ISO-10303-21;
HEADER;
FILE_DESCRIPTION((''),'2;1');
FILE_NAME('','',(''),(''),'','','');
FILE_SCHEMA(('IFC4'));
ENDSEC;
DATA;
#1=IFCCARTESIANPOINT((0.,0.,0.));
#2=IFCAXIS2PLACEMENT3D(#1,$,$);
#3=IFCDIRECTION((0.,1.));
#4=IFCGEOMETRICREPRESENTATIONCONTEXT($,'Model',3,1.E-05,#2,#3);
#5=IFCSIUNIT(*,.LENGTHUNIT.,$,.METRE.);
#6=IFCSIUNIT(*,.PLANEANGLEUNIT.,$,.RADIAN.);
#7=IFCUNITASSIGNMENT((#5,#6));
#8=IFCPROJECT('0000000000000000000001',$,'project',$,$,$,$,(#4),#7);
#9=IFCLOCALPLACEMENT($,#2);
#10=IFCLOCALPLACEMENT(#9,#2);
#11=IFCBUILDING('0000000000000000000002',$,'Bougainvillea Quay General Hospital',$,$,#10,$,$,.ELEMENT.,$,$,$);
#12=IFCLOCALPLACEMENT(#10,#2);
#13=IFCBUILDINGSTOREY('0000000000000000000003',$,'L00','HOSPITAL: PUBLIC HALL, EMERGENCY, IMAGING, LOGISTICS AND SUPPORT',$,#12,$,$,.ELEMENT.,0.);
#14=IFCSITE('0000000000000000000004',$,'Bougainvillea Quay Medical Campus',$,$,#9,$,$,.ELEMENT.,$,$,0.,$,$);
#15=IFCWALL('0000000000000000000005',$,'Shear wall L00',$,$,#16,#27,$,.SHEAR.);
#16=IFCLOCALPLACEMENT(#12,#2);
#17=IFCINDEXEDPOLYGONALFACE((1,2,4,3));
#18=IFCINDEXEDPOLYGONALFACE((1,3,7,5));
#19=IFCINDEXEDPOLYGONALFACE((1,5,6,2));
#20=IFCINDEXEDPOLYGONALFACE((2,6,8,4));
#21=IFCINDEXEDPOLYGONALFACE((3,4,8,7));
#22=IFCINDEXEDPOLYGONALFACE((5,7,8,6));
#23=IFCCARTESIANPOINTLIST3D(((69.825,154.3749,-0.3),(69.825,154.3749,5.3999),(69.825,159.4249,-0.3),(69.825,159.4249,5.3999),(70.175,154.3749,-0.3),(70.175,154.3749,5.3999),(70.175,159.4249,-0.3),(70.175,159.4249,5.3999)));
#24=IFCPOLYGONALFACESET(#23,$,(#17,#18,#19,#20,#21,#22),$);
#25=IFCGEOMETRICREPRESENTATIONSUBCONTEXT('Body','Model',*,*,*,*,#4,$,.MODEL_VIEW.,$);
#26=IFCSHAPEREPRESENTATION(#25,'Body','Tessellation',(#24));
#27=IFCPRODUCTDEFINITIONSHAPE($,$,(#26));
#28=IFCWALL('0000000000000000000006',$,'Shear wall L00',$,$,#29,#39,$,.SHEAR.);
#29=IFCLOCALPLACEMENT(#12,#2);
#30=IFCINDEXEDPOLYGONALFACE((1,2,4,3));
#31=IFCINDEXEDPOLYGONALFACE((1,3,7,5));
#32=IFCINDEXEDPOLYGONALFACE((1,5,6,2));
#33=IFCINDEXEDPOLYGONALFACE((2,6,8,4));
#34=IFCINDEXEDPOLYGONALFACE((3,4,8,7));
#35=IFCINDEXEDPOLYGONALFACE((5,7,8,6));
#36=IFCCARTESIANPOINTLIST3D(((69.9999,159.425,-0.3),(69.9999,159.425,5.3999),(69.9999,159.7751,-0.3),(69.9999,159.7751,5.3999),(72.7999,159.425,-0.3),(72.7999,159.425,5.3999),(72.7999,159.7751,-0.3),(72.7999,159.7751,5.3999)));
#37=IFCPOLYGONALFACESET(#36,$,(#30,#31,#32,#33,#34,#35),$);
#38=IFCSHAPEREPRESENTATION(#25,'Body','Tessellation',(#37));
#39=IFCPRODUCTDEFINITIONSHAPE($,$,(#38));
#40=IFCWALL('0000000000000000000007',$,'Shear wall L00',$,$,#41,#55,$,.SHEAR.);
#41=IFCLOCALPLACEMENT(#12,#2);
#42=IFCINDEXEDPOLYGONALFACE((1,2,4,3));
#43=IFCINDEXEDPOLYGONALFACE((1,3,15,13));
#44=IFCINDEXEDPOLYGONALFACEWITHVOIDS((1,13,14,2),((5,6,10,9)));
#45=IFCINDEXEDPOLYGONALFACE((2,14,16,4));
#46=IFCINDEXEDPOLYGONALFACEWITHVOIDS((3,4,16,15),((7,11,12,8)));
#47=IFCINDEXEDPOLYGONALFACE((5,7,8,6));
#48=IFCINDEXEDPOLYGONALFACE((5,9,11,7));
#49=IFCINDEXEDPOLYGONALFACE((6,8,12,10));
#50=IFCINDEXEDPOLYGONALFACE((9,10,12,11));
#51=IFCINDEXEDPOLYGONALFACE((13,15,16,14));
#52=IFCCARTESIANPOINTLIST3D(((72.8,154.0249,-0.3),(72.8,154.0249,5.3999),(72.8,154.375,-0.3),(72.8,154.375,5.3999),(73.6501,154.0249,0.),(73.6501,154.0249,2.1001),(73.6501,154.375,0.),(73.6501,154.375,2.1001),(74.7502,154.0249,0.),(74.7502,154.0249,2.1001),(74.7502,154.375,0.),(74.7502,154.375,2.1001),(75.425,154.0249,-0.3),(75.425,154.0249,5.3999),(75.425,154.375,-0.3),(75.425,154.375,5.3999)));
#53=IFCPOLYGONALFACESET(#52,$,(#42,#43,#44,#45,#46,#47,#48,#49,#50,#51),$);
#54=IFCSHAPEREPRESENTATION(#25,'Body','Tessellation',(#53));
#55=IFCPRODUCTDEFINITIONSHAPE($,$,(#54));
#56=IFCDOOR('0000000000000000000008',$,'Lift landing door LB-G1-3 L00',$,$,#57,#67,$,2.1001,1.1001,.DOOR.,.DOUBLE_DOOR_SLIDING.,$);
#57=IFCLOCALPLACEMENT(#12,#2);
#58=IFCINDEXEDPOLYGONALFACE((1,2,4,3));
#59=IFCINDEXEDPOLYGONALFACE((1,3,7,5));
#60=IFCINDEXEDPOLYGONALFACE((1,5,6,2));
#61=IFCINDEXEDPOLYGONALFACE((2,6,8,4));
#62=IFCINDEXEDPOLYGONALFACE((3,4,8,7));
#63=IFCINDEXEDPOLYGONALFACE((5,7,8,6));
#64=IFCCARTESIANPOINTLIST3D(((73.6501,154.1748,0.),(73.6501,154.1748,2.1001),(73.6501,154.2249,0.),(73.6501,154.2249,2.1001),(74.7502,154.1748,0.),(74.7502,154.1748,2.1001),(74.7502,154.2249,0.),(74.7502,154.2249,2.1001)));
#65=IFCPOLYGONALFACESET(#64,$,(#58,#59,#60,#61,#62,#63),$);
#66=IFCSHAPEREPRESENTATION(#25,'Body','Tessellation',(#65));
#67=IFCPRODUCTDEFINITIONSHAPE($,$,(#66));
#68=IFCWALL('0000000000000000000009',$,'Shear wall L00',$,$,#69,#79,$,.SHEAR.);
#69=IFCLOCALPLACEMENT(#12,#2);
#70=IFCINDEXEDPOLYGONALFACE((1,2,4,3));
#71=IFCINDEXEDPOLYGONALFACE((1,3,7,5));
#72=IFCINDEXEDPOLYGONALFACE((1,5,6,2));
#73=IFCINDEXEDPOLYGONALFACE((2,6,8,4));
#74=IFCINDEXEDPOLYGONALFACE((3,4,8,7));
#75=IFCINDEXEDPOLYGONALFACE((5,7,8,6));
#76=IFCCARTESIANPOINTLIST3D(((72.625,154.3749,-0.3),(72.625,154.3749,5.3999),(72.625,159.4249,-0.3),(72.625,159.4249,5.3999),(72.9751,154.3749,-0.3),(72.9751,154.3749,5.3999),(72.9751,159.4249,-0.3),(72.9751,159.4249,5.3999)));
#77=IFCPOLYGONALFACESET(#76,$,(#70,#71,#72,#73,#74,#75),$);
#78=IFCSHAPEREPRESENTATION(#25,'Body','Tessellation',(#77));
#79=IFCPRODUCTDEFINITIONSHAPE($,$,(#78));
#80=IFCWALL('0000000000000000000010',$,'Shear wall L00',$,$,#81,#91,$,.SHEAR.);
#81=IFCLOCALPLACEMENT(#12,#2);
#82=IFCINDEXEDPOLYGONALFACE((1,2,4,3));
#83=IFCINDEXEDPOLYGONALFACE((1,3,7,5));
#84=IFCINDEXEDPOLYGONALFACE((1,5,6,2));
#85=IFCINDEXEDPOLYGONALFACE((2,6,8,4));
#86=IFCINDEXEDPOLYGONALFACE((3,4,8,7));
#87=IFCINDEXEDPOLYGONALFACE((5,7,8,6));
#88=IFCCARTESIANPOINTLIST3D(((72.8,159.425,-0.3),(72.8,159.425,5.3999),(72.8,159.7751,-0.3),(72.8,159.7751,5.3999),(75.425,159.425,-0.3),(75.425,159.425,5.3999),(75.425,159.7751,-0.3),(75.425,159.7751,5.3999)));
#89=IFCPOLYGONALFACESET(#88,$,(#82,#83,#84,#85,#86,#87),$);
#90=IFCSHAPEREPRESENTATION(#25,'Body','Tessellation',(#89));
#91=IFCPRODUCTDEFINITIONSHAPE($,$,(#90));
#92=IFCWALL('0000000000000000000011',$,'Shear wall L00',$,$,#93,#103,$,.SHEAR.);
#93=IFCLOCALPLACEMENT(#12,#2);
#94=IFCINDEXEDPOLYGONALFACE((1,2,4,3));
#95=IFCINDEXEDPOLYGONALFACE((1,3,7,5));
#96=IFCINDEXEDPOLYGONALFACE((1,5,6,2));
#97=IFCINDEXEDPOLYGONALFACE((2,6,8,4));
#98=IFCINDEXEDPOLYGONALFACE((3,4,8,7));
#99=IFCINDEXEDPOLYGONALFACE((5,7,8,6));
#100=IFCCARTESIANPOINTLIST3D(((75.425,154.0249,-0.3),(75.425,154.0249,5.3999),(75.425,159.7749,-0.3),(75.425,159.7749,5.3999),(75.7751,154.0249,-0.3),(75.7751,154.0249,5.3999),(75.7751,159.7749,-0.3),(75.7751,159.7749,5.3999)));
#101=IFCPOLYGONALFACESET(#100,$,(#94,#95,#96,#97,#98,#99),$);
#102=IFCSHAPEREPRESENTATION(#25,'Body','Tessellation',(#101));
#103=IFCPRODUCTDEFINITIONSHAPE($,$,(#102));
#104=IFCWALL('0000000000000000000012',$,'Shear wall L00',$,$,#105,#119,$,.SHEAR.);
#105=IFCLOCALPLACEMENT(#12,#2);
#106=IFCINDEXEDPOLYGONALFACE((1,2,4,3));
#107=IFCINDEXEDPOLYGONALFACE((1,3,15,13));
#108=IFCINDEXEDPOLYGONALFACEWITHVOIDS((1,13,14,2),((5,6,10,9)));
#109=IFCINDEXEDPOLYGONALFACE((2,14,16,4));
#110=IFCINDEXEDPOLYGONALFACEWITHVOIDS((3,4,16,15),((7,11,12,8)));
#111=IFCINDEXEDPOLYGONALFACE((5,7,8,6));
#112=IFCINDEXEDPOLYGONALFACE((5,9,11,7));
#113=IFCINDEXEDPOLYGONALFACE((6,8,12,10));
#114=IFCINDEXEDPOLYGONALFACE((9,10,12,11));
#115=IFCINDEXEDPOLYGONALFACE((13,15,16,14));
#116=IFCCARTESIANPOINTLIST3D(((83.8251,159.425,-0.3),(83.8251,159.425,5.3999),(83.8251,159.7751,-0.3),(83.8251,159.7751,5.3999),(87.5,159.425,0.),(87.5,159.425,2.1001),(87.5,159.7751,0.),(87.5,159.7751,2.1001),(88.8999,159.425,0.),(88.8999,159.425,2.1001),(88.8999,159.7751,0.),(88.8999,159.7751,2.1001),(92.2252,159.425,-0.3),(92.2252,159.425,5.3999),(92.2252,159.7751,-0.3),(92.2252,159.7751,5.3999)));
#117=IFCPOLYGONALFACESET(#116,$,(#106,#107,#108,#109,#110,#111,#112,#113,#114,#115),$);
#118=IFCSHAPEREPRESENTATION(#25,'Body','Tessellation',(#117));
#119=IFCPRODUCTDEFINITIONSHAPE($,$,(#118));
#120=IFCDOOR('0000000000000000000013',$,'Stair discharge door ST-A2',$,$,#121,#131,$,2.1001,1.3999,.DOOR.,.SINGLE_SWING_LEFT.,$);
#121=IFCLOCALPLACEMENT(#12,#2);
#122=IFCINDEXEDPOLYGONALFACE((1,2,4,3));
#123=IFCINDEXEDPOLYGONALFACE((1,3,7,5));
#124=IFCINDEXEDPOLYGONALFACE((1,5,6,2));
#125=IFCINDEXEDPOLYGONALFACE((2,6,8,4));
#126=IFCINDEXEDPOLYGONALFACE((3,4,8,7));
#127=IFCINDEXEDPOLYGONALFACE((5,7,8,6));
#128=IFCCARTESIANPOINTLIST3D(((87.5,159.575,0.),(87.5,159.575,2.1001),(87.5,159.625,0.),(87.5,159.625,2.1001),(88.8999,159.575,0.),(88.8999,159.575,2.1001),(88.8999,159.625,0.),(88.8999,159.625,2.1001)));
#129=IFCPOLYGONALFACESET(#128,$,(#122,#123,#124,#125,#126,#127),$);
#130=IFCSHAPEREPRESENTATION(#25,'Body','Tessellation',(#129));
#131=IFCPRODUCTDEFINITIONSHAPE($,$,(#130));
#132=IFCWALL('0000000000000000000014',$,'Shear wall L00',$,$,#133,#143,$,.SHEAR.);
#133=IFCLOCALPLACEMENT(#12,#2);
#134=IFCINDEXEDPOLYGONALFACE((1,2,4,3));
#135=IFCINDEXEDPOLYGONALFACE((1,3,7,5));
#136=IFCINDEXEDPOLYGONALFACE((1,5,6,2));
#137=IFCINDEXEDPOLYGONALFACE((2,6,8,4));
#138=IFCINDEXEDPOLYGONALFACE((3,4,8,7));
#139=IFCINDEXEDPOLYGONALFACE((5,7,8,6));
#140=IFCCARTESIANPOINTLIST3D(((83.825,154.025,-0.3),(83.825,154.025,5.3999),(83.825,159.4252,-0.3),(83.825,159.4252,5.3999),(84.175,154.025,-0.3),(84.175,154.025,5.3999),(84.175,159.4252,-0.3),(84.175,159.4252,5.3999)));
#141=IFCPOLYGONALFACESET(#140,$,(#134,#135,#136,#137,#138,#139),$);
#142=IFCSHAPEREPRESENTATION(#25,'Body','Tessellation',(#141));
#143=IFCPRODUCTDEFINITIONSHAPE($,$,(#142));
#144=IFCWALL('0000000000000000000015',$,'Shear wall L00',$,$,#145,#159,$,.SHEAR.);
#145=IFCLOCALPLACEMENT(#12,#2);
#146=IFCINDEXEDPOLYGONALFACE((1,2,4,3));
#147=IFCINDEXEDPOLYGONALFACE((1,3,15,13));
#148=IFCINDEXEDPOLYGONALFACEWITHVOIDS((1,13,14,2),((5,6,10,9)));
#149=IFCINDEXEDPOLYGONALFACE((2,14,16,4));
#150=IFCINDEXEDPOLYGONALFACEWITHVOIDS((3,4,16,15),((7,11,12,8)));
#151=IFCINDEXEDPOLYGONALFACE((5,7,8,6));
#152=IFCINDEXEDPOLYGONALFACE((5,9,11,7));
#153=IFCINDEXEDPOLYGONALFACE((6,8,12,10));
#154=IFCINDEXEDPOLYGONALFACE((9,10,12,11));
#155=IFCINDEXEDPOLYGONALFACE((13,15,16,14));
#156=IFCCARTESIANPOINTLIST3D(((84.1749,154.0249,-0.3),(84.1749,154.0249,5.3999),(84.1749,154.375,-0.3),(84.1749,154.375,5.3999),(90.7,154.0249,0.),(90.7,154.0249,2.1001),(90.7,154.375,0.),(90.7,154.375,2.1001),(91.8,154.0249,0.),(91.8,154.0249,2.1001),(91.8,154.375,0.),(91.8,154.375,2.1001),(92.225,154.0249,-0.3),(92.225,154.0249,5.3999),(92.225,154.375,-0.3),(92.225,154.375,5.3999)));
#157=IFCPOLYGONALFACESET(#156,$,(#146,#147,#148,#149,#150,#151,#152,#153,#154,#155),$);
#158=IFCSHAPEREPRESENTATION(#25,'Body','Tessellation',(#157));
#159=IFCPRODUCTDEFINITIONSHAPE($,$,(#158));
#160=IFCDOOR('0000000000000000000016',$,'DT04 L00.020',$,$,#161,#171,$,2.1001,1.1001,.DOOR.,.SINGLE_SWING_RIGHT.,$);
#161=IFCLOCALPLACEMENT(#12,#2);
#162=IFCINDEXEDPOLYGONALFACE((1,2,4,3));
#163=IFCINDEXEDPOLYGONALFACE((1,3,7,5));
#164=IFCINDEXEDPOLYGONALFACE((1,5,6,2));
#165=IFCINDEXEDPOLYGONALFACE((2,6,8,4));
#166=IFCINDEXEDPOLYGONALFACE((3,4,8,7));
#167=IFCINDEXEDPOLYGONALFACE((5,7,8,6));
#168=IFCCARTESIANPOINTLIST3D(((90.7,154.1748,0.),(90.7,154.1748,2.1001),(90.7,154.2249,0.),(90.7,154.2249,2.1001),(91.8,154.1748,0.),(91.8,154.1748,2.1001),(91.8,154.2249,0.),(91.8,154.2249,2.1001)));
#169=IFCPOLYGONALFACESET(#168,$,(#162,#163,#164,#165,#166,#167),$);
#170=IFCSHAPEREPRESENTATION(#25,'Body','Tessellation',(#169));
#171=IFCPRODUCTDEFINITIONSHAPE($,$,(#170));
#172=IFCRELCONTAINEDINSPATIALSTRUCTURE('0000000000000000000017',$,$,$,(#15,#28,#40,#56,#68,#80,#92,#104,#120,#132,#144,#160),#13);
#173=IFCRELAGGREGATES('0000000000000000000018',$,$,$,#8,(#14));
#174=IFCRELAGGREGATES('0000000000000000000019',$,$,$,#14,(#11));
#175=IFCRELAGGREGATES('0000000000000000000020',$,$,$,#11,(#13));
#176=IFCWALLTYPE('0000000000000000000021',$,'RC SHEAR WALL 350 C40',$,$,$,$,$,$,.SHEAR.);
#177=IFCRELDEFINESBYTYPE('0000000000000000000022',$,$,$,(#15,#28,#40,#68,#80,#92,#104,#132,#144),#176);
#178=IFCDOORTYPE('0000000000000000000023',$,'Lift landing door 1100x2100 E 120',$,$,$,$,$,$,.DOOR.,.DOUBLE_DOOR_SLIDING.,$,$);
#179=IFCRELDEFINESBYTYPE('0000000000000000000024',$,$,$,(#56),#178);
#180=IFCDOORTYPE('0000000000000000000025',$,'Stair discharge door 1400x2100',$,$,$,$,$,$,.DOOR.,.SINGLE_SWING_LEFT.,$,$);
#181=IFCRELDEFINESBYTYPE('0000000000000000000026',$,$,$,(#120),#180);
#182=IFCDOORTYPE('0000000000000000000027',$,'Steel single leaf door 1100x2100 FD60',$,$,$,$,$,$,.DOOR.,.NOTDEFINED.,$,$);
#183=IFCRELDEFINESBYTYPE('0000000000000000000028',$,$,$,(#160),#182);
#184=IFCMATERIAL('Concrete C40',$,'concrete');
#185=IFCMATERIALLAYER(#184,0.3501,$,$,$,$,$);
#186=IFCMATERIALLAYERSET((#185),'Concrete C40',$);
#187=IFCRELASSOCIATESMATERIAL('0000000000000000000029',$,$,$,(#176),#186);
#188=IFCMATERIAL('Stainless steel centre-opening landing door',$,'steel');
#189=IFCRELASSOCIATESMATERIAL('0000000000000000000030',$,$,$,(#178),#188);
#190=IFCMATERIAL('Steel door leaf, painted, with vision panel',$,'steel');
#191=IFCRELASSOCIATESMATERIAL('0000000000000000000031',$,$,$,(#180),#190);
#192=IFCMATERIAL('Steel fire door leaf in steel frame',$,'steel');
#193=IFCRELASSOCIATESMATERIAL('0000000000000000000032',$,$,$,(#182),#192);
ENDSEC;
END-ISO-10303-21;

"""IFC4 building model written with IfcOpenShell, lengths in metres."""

from ifc_helpers import new_model, si_unit, direction, frame, frame_2d, origin, place, context, subcontext, project, spatial, rectangle, extrude, material, layer, layer_set, type_object, element, fill, save


model = new_model("IFC4")

# Units and contexts
model_context = context("Model", 3, precision=1e-05, world=origin(), true_north=direction((0.0, 1.0)))
body_context = subcontext(model_context, "Body", "Model", "MODEL_VIEW")
ifc_project = project(units=[si_unit("LENGTHUNIT", "METRE"), si_unit("PLANEANGLEUNIT", "RADIAN")], contexts=[model_context])

# Site, building, storey
site_placement = place(None, origin())
site = spatial("IfcSite", under=ifc_project, at=site_placement, Name="Bougainvillea Quay Medical Campus", CompositionType="ELEMENT", RefElevation=0.0)
building_placement = place(site_placement, origin())
building = spatial("IfcBuilding", under=site, at=building_placement, Name="Bougainvillea Quay General Hospital", CompositionType="ELEMENT")
storey_placement = place(building_placement, origin())
storey = spatial("IfcBuildingStorey", under=building, at=storey_placement, Name="L00", Description="HOSPITAL: PUBLIC HALL, EMERGENCY, IMAGING, LOGISTICS AND SUPPORT", CompositionType="ELEMENT", Elevation=0.0)

# Shared definitions
ifc_material_1 = material(Name="Concrete C40", Category="concrete")
ifc_layer_1 = layer(ifc_material_1, 0.3501)
ifc_layer_set_1 = layer_set([ifc_layer_1], Name="Concrete C40")
wall_type_1 = type_object("IfcWallType", Name="RC SHEAR WALL 350 C40", PredefinedType="SHEAR", material=ifc_layer_set_1)
ifc_material_2 = material(Name="Stainless steel centre-opening landing door", Category="steel")
door_type_1 = type_object("IfcDoorType", Name="Lift landing door 1100x2100 E 120", OperationType="DOUBLE_DOOR_SLIDING", PredefinedType="DOOR", material=ifc_material_2)

# Walls
wall_1_placement = place(storey_placement, frame((70.0, 154.375, -0.3), z_axis=(0.0, 0.0, 1.0), x_axis=(0.0, 1.0, 0.0)))
element("IfcWall", 1, at=wall_1_placement, inside=storey, type_object=wall_type_1, Name="Shear wall L00", PredefinedType="SHEAR", context=body_context, shape_type="SweptSolid", body=[
    extrude(rectangle(XDim=5.05, YDim=0.3501, at=frame_2d((2.5249, 0.0))), origin(), (0.0, 0.0, 1.0), 5.7),
])
wall_2_placement = place(storey_placement, frame((70.0, 159.6001, -0.3), z_axis=(0.0, 0.0, 1.0), x_axis=(1.0, 0.0, 0.0)))
element("IfcWall", 2, at=wall_2_placement, inside=storey, type_object=wall_type_1, Name="Shear wall L00", PredefinedType="SHEAR", context=body_context, shape_type="SweptSolid", body=[
    extrude(rectangle(XDim=2.8, YDim=0.3501, at=frame_2d((1.3999, 0.0))), origin(), (0.0, 0.0, 1.0), 5.7),
])

# Wall, opening, door
wall_3_placement = place(storey_placement, frame((72.8, 154.2, -0.3), z_axis=(0.0, 0.0, 1.0), x_axis=(1.0, 0.0, 0.0)))
wall_3 = element("IfcWall", 3, at=wall_3_placement, inside=storey, type_object=wall_type_1, Name="Shear wall L00", PredefinedType="SHEAR", context=body_context, shape_type="SweptSolid", body=[
    extrude(rectangle(XDim=2.625, YDim=0.3501, at=frame_2d((1.3125, 0.0))), origin(), (0.0, 0.0, 1.0), 5.7),
])
opening_1_placement = place(wall_3_placement, frame((0.8501, 0.0, 0.3)))
opening_1 = element("IfcOpeningElement", 4, at=opening_1_placement, cuts=wall_3, PredefinedType="OPENING", context=body_context, shape_type="SweptSolid", body=[
    extrude(rectangle(XDim=1.1001, YDim=2.1001, at=frame_2d((0.55, 1.05))), frame((0.0, 0.1851, 0.0), z_axis=(0.0, -1.0, 0.0), x_axis=(1.0, 0.0, 0.0)), (0.0, 0.0, 1.0), 0.3701),
])
door_1_placement = place(opening_1_placement, origin())
door_1 = element("IfcDoor", 5, at=door_1_placement, inside=storey, type_object=door_type_1, Name="Lift landing door LB-G1-3 L00", OperationType="DOUBLE_DOOR_SLIDING", OverallHeight=2.1001, OverallWidth=1.1001, PredefinedType="DOOR", context=body_context, shape_type="SweptSolid", body=[
    extrude(rectangle(XDim=1.1001, YDim=2.1001, at=frame_2d((0.55, 1.05))), frame((0.0, 0.0249, 0.0), z_axis=(0.0, -1.0, 0.0), x_axis=(1.0, 0.0, 0.0)), (0.0, 0.0, 1.0), 0.05),
])
fill(opening_1, door_1)

# Walls
wall_4_placement = place(storey_placement, frame((72.8, 154.375, -0.3), z_axis=(0.0, 0.0, 1.0), x_axis=(0.0, 1.0, 0.0)))
element("IfcWall", 6, at=wall_4_placement, inside=storey, type_object=wall_type_1, Name="Shear wall L00", PredefinedType="SHEAR", context=body_context, shape_type="SweptSolid", body=[
    extrude(rectangle(XDim=5.05, YDim=0.3501, at=frame_2d((2.5249, 0.0))), origin(), (0.0, 0.0, 1.0), 5.7),
])
wall_5_placement = place(storey_placement, frame((72.8, 159.6001, -0.3), z_axis=(0.0, 0.0, 1.0), x_axis=(1.0, 0.0, 0.0)))
element("IfcWall", 7, at=wall_5_placement, inside=storey, type_object=wall_type_1, Name="Shear wall L00", PredefinedType="SHEAR", context=body_context, shape_type="SweptSolid", body=[
    extrude(rectangle(XDim=2.625, YDim=0.3501, at=frame_2d((1.3125, 0.0))), origin(), (0.0, 0.0, 1.0), 5.7),
])
wall_6_placement = place(storey_placement, frame((75.6001, 154.0249, -0.3), z_axis=(0.0, 0.0, 1.0), x_axis=(0.0, 1.0, 0.0)))
element("IfcWall", 8, at=wall_6_placement, inside=storey, type_object=wall_type_1, Name="Shear wall L00", PredefinedType="SHEAR", context=body_context, shape_type="SweptSolid", body=[
    extrude(rectangle(XDim=5.75, YDim=0.3501, at=frame_2d((2.875, 0.0))), origin(), (0.0, 0.0, 1.0), 5.7),
])

# Wall, opening, door
wall_7_placement = place(storey_placement, frame((83.825, 159.6001, -0.3), z_axis=(0.0, 0.0, 1.0), x_axis=(1.0, 0.0, 0.0)))
wall_7 = element("IfcWall", 9, at=wall_7_placement, inside=storey, type_object=wall_type_1, Name="Shear wall L00", PredefinedType="SHEAR", context=body_context, shape_type="SweptSolid", body=[
    extrude(rectangle(XDim=8.4001, YDim=0.3501, at=frame_2d((4.2002, 0.0))), origin(), (0.0, 0.0, 1.0), 5.7),
])
opening_2_placement = place(wall_7_placement, frame((3.675, 0.0, 0.3)))
opening_2 = element("IfcOpeningElement", 10, at=opening_2_placement, cuts=wall_7, PredefinedType="OPENING", context=body_context, shape_type="SweptSolid", body=[
    extrude(rectangle(XDim=1.3999, YDim=2.1001, at=frame_2d((0.7, 1.05))), frame((0.0, 0.1851, 0.0), z_axis=(0.0, -1.0, 0.0), x_axis=(1.0, 0.0, 0.0)), (0.0, 0.0, 1.0), 0.3701),
])
ifc_material_3 = material(Name="Steel door leaf, painted, with vision panel", Category="steel")
door_type_2 = type_object("IfcDoorType", Name="Stair discharge door 1400x2100", OperationType="SINGLE_SWING_LEFT", PredefinedType="DOOR", material=ifc_material_3)
door_2_placement = place(opening_2_placement, origin())
door_2 = element("IfcDoor", 11, at=door_2_placement, inside=storey, type_object=door_type_2, Name="Stair discharge door ST-A2", OperationType="SINGLE_SWING_LEFT", OverallHeight=2.1001, OverallWidth=1.3999, PredefinedType="DOOR", context=body_context, shape_type="SweptSolid", body=[
    extrude(rectangle(XDim=1.3999, YDim=2.1001, at=frame_2d((0.7, 1.05))), frame((0.0, 0.0249, 0.0), z_axis=(0.0, -1.0, 0.0), x_axis=(1.0, 0.0, 0.0)), (0.0, 0.0, 1.0), 0.05),
])
fill(opening_2, door_2)

# Wall
wall_8_placement = place(storey_placement, frame((84.0, 154.0249, -0.3), z_axis=(0.0, 0.0, 1.0), x_axis=(0.0, 1.0, 0.0)))
element("IfcWall", 12, at=wall_8_placement, inside=storey, type_object=wall_type_1, Name="Shear wall L00", PredefinedType="SHEAR", context=body_context, shape_type="SweptSolid", body=[
    extrude(rectangle(XDim=5.4001, YDim=0.3501, at=frame_2d((2.7002, 0.0))), origin(), (0.0, 0.0, 1.0), 5.7),
])

# Wall, opening, door
wall_9_placement = place(storey_placement, frame((84.175, 154.2, -0.3), z_axis=(0.0, 0.0, 1.0), x_axis=(1.0, 0.0, 0.0)))
wall_9 = element("IfcWall", 13, at=wall_9_placement, inside=storey, type_object=wall_type_1, Name="Shear wall L00", PredefinedType="SHEAR", context=body_context, shape_type="SweptSolid", body=[
    extrude(rectangle(XDim=8.05, YDim=0.3501, at=frame_2d((4.0249, 0.0))), origin(), (0.0, 0.0, 1.0), 5.7),
])
opening_3_placement = place(wall_9_placement, frame((6.5249, 0.0, 0.3)))
opening_3 = element("IfcOpeningElement", 14, at=opening_3_placement, cuts=wall_9, PredefinedType="OPENING", context=body_context, shape_type="SweptSolid", body=[
    extrude(rectangle(XDim=1.1001, YDim=2.1001, at=frame_2d((0.55, 1.05))), frame((0.0, 0.1851, 0.0), z_axis=(0.0, -1.0, 0.0), x_axis=(1.0, 0.0, 0.0)), (0.0, 0.0, 1.0), 0.3701),
])
ifc_material_4 = material(Name="Steel fire door leaf in steel frame", Category="steel")
door_type_3 = type_object("IfcDoorType", Name="Steel single leaf door 1100x2100 FD60", OperationType="NOTDEFINED", PredefinedType="DOOR", material=ifc_material_4)
door_3_placement = place(opening_3_placement, origin())
door_3 = element("IfcDoor", 15, at=door_3_placement, inside=storey, type_object=door_type_3, Name="DT04 L00.020", OperationType="SINGLE_SWING_RIGHT", OverallHeight=2.1001, OverallWidth=1.1001, PredefinedType="DOOR", context=body_context, shape_type="SweptSolid", body=[
    extrude(rectangle(XDim=1.1001, YDim=2.1001, at=frame_2d((0.55, 1.05))), frame((0.0, 0.0249, 0.0), z_axis=(0.0, -1.0, 0.0), x_axis=(1.0, 0.0, 0.0)), (0.0, 0.0, 1.0), 0.05),
])
fill(opening_3, door_3)

save(model, "model.ifc")
